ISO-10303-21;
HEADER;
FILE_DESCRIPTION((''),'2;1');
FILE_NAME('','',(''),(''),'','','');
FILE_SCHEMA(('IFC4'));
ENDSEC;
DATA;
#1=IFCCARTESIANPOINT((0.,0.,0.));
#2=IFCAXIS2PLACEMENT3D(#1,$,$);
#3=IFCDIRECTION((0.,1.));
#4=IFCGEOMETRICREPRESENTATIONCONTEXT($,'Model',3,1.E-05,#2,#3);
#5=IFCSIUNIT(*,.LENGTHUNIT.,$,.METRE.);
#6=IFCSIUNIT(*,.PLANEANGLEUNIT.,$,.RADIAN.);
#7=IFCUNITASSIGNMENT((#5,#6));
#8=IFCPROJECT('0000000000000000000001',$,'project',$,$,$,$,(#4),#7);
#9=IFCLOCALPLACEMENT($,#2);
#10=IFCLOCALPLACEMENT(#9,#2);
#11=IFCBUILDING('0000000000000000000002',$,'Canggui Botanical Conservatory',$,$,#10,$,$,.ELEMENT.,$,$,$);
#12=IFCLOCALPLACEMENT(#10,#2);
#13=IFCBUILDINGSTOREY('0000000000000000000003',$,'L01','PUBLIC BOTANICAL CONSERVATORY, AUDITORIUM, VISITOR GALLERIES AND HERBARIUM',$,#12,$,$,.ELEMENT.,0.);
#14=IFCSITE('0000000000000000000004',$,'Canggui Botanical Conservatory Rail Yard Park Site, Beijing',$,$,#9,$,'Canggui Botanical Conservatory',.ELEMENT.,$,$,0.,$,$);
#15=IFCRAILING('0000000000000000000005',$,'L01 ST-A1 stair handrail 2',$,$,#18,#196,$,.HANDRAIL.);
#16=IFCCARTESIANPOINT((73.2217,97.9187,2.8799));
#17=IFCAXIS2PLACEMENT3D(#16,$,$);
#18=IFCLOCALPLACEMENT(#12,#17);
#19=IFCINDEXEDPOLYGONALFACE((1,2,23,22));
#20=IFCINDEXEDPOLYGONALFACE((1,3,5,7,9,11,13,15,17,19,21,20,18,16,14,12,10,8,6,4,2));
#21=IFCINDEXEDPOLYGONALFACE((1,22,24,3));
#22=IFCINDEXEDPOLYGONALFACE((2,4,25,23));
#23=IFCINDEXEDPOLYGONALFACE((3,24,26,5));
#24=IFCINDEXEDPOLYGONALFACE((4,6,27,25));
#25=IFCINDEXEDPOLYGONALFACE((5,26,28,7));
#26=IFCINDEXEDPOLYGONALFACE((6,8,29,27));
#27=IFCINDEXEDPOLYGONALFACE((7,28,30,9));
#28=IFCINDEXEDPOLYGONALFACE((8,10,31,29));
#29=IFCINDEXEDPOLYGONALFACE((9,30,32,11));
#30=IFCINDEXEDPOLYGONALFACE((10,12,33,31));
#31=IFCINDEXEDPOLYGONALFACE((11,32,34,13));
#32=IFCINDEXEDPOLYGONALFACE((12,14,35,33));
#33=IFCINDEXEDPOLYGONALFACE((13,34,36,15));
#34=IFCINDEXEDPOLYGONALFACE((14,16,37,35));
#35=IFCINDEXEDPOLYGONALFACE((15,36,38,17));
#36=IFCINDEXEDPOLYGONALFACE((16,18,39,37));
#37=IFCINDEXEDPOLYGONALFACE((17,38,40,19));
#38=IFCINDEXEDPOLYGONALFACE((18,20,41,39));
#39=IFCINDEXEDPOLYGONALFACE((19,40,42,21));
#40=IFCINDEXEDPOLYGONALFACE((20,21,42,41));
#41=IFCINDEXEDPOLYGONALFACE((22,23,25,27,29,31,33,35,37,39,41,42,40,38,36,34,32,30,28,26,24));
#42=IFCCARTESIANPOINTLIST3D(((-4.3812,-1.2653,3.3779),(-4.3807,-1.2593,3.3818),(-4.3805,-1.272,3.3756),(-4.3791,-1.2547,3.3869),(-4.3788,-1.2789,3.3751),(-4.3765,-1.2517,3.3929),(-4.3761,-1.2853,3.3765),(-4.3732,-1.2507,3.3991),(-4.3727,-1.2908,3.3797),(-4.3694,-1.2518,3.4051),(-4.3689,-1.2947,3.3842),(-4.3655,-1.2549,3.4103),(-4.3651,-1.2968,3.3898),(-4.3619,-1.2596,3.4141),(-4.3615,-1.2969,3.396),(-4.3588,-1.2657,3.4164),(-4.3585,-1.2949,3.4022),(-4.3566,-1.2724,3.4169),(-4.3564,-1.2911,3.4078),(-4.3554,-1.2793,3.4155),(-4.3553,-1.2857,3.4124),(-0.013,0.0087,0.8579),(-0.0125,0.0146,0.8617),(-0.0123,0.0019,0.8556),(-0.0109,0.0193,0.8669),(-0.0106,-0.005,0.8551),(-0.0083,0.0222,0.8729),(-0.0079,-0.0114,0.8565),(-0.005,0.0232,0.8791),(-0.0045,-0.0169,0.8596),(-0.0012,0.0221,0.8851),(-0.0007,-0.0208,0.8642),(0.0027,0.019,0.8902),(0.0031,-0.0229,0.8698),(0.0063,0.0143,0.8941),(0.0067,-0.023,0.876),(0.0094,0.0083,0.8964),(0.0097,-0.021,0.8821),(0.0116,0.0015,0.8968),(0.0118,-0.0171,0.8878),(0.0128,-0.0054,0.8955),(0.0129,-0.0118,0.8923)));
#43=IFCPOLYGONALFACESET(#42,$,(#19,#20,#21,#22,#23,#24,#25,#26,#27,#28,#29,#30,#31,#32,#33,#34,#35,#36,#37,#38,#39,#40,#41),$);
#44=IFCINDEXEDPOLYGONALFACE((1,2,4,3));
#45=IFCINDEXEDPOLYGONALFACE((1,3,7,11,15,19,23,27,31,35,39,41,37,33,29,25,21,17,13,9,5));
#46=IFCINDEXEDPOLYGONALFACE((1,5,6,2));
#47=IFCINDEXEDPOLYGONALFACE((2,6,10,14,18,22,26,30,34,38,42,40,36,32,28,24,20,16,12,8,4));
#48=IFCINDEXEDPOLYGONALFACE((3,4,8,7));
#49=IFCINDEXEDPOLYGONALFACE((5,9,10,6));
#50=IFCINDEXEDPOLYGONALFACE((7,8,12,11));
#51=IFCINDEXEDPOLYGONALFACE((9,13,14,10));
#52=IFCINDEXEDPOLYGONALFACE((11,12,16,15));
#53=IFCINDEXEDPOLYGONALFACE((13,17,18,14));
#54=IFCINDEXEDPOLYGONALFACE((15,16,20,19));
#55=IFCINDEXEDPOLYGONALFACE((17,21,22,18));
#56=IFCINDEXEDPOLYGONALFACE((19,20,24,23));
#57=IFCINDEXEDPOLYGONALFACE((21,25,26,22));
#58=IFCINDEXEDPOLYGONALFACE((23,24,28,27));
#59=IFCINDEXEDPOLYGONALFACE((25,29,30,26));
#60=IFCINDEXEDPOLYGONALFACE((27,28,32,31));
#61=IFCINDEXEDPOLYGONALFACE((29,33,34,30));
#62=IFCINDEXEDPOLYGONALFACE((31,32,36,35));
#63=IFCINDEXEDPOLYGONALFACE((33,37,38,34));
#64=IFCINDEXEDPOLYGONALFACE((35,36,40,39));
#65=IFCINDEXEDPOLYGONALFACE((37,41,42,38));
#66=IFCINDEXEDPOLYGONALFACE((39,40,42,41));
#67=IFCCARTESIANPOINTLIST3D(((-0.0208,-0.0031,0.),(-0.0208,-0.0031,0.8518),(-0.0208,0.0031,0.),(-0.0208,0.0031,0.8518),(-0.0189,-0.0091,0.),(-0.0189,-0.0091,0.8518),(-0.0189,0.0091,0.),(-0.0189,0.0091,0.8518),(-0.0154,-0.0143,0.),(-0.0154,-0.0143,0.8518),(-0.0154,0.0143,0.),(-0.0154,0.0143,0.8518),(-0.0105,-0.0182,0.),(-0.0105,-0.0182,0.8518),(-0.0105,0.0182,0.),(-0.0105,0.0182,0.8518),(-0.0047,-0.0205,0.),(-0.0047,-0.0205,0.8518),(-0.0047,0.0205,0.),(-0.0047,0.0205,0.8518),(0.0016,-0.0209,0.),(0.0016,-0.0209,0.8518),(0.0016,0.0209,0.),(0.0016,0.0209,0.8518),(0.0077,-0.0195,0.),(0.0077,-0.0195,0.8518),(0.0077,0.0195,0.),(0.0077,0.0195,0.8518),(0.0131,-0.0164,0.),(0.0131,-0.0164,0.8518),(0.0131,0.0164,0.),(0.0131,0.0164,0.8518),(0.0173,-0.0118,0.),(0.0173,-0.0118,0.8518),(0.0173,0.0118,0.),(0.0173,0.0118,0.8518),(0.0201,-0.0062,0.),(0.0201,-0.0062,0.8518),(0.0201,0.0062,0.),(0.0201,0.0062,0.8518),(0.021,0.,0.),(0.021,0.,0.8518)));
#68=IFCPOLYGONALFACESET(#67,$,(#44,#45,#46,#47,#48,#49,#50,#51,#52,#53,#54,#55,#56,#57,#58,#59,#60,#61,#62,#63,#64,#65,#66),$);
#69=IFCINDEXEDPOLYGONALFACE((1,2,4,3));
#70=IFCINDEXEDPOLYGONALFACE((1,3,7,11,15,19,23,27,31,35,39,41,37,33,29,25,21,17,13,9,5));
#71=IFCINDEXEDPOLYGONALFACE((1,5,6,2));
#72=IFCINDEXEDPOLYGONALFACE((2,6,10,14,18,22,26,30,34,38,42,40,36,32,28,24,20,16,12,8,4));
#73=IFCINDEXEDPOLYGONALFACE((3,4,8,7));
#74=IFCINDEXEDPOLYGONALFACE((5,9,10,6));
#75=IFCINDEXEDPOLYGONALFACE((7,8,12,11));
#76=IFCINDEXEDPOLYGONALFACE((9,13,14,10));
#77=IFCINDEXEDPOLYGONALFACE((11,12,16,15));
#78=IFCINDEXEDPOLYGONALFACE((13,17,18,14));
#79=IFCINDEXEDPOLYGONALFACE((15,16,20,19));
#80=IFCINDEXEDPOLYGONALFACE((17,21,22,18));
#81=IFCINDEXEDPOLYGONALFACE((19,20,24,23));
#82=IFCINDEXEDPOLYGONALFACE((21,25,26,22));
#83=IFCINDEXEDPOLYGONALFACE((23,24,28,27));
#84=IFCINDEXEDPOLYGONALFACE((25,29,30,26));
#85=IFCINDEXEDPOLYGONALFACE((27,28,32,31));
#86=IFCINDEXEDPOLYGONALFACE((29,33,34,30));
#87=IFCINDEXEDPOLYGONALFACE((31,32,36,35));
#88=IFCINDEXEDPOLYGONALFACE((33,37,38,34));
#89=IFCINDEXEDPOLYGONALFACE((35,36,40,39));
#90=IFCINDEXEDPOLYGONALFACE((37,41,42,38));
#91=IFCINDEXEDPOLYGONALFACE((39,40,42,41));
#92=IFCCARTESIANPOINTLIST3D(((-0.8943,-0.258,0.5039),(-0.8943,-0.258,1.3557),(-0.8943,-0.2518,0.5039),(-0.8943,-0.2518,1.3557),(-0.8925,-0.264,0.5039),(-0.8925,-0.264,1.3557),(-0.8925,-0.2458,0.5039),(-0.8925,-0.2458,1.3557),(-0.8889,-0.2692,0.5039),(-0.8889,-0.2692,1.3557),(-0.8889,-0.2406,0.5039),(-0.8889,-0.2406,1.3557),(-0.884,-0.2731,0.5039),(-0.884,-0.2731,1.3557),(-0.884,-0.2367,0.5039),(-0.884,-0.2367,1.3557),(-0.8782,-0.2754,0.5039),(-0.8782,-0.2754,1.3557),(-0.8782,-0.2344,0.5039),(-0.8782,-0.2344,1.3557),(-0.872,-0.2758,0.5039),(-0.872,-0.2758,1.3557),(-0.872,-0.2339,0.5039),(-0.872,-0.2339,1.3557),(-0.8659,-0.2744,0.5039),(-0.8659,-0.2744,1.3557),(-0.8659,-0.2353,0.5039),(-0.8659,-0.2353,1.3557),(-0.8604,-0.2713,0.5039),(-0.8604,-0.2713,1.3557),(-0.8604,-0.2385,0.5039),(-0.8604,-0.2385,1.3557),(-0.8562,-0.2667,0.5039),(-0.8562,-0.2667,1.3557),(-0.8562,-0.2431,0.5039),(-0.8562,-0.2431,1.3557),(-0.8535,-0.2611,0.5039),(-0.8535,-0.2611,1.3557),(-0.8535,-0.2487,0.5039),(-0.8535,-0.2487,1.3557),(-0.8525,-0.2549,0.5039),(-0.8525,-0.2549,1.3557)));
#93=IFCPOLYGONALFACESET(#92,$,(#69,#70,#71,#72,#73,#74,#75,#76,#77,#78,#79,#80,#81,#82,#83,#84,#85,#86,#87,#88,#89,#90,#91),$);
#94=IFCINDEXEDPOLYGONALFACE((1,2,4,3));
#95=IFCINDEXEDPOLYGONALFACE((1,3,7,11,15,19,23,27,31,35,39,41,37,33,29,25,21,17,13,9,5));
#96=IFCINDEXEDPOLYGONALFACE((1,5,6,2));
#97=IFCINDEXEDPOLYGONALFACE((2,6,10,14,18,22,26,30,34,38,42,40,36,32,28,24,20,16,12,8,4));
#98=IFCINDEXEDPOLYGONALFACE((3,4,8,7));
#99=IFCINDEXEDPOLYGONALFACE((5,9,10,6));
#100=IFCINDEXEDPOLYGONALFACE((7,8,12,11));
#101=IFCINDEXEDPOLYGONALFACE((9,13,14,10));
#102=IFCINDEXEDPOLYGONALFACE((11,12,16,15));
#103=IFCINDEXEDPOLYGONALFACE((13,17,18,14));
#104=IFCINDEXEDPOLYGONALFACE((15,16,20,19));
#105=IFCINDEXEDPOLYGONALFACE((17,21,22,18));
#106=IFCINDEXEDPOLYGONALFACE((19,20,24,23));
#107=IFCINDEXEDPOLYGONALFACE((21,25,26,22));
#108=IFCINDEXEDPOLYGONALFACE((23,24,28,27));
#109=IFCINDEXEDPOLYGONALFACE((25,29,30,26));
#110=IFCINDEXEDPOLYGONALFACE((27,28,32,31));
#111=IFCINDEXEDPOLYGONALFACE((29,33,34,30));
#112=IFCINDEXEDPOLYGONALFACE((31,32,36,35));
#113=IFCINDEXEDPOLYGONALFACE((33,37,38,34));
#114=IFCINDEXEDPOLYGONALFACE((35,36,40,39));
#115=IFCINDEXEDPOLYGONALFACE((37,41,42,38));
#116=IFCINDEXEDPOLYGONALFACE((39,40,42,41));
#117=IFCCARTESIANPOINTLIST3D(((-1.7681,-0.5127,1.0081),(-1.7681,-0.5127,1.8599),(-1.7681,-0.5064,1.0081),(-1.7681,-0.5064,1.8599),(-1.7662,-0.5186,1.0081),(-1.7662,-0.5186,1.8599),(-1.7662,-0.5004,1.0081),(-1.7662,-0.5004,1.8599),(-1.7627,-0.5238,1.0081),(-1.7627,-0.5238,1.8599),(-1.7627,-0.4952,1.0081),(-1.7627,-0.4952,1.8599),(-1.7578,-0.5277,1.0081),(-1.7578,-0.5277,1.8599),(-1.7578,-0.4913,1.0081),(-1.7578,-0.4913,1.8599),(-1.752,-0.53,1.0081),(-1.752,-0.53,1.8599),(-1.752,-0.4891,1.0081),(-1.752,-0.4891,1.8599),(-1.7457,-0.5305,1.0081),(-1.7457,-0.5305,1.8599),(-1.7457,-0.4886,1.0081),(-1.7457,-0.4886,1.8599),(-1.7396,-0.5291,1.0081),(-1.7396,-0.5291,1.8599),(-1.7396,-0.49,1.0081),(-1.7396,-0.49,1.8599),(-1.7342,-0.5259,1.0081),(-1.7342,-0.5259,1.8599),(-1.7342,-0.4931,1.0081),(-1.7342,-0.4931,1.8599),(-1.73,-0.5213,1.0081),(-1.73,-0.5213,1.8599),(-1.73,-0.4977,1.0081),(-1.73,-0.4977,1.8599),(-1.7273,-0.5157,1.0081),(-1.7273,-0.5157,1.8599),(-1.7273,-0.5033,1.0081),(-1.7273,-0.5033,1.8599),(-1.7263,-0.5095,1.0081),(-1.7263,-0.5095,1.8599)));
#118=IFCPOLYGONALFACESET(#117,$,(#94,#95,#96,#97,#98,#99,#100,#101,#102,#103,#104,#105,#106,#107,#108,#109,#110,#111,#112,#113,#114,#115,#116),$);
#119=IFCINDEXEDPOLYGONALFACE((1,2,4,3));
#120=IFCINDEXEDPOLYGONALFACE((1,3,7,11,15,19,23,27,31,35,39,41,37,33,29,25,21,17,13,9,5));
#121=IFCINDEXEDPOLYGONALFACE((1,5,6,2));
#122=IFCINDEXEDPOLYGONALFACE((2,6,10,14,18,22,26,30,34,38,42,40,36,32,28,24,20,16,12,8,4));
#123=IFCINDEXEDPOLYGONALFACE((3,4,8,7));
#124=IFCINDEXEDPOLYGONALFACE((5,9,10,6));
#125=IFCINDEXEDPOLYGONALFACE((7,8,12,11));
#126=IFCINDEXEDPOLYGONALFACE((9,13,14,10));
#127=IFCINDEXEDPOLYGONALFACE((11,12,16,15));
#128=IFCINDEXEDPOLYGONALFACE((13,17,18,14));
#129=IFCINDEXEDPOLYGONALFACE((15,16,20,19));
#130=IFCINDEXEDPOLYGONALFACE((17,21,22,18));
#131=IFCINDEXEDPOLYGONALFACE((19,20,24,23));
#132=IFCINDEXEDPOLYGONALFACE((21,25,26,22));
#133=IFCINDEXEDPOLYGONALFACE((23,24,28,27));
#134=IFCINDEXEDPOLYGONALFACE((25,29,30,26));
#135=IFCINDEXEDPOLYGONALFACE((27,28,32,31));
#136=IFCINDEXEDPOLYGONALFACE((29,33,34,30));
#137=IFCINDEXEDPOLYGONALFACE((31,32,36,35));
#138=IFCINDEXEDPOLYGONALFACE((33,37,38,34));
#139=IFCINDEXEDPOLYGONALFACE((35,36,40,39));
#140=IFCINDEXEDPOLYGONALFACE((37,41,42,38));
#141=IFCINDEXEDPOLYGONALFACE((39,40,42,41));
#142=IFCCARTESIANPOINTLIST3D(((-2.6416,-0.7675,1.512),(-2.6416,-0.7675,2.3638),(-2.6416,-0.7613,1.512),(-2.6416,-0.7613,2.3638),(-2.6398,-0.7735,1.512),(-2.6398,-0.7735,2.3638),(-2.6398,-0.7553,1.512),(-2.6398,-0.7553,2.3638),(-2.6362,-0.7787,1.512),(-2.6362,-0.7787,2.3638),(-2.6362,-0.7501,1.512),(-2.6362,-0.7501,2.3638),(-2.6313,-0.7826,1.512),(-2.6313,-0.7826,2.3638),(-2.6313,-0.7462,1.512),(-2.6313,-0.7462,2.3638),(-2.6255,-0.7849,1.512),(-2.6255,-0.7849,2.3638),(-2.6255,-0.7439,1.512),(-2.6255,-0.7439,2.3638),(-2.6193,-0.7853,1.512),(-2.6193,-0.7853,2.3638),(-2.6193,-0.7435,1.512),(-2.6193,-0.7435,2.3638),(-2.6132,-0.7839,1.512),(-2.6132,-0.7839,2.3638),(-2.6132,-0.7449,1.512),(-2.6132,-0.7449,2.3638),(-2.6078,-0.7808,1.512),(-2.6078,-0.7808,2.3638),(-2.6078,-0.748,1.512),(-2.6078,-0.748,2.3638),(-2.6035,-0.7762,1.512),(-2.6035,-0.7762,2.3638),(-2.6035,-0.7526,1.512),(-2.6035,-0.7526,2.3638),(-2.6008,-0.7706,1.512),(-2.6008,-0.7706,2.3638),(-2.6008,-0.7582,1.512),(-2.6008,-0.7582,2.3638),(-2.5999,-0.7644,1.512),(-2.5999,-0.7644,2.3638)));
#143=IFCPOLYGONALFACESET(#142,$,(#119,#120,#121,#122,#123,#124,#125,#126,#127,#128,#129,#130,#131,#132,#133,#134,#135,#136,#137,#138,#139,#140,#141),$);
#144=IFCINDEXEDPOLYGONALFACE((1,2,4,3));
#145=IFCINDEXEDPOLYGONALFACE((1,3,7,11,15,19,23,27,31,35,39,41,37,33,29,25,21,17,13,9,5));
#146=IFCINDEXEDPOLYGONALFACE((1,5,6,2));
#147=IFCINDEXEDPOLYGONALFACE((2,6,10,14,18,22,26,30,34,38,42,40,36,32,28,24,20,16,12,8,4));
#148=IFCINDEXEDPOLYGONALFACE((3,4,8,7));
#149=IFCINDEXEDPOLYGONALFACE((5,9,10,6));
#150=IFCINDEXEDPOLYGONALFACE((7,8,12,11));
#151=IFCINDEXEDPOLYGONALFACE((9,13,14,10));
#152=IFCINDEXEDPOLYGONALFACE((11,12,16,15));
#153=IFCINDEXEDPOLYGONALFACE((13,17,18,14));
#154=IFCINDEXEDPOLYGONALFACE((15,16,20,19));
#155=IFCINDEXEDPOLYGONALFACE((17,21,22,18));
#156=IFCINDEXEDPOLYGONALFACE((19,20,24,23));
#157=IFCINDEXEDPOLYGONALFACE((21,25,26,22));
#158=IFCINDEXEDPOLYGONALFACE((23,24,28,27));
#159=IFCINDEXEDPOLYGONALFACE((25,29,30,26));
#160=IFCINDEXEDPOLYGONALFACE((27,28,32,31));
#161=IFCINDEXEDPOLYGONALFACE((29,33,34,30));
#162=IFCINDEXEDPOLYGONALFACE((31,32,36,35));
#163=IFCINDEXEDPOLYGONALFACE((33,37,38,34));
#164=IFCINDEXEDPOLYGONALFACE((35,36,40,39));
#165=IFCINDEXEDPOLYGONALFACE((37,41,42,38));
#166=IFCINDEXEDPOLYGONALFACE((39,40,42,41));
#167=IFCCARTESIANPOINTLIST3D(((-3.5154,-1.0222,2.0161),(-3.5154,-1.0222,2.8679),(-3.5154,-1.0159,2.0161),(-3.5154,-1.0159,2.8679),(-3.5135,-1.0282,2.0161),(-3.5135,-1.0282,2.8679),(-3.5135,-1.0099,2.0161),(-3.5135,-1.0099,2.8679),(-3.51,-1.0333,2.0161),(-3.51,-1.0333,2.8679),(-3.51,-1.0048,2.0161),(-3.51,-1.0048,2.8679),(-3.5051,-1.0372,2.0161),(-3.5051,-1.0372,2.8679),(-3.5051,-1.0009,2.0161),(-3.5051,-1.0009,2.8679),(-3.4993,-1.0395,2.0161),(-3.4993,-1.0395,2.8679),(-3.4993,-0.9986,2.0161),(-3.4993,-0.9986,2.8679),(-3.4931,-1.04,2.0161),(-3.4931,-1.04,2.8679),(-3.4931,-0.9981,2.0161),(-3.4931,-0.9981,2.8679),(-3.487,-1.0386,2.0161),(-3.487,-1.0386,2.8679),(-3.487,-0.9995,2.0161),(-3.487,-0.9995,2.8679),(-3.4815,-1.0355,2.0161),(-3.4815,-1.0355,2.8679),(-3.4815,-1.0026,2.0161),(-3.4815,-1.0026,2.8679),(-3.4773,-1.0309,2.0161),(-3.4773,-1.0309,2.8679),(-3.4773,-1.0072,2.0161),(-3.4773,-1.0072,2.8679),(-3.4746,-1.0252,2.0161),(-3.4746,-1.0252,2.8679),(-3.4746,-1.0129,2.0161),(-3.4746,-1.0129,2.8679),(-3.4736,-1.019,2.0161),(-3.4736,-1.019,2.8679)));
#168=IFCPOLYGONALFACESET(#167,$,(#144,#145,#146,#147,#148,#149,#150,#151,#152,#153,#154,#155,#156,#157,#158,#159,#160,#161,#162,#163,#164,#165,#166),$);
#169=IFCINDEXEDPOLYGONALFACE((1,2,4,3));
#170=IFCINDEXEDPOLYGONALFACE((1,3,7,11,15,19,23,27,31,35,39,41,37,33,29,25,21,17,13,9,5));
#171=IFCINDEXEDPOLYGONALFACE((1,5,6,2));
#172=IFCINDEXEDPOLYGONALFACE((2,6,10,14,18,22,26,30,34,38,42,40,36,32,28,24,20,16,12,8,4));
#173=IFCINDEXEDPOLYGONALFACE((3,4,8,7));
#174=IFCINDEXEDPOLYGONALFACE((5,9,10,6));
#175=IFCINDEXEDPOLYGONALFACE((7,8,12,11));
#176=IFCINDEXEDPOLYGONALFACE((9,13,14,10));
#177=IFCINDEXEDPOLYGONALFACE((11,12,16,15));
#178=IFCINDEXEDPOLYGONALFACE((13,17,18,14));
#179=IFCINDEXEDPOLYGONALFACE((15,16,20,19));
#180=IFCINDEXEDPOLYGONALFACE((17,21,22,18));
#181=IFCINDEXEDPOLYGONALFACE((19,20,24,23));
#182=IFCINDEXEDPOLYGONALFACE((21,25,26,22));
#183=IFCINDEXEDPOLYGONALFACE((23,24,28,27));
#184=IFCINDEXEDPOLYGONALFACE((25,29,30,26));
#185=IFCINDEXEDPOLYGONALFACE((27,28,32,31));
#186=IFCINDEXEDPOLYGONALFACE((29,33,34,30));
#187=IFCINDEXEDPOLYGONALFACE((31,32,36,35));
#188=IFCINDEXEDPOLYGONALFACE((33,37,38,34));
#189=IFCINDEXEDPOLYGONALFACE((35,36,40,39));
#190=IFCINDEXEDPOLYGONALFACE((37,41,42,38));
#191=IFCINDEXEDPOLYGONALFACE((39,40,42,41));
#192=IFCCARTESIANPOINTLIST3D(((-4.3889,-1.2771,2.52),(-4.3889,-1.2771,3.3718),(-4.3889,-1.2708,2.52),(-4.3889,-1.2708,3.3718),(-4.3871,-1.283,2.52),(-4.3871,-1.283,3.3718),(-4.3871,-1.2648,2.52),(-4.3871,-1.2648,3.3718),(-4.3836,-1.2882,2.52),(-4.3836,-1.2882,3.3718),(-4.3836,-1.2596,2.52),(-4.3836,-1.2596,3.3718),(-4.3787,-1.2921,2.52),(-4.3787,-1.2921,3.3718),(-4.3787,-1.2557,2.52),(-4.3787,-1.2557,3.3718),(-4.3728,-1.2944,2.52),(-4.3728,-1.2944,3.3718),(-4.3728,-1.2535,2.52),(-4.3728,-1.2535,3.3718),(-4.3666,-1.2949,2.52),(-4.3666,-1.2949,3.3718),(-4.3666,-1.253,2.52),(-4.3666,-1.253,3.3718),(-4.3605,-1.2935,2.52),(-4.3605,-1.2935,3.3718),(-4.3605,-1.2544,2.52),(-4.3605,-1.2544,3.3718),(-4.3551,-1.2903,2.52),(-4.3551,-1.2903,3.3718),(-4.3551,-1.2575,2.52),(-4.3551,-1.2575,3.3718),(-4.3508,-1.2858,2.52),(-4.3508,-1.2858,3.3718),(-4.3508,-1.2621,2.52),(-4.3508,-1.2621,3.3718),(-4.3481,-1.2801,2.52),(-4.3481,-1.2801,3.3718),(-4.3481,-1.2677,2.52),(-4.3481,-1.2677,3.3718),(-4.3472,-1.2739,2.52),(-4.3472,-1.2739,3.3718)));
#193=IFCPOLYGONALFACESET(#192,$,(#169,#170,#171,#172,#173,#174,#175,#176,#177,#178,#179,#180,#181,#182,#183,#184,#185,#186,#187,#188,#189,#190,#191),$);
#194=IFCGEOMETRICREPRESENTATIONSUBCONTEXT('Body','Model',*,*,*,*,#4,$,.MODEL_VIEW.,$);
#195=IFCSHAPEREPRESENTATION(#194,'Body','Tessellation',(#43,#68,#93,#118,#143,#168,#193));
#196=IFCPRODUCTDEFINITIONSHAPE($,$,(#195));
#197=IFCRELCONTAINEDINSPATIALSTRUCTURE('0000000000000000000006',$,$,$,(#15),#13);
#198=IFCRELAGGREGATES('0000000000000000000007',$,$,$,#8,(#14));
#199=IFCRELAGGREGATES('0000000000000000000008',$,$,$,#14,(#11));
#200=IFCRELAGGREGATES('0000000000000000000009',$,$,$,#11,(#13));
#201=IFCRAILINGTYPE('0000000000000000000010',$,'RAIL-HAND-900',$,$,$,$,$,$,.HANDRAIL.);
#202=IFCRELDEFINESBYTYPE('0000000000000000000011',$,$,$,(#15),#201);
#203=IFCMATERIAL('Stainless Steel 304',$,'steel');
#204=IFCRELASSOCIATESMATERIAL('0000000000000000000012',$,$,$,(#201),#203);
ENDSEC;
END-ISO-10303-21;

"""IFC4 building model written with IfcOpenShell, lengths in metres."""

from ifc_helpers import new_model, si_unit, direction, frame, origin, origin_2d, place, context, subcontext, project, spatial, circle, extrude, material, type_object, element, save


model = new_model("IFC4")

# Units and contexts
model_context = context("Model", 3, precision=1e-05, world=origin(), true_north=direction((0.0, 1.0)))
body_context = subcontext(model_context, "Body", "Model", "MODEL_VIEW")
ifc_project = project(units=[si_unit("LENGTHUNIT", "METRE"), si_unit("PLANEANGLEUNIT", "RADIAN")], contexts=[model_context])

# Site, building, storey
site_placement = place(None, origin())
site = spatial("IfcSite", under=ifc_project, at=site_placement, Name="Canggui Botanical Conservatory Rail Yard Park Site, Beijing", LongName="Canggui Botanical Conservatory", CompositionType="ELEMENT", RefElevation=0.0)
building_placement = place(site_placement, origin())
building = spatial("IfcBuilding", under=site, at=building_placement, Name="Canggui Botanical Conservatory", CompositionType="ELEMENT")
storey_placement = place(building_placement, origin())
storey = spatial("IfcBuildingStorey", under=building, at=storey_placement, Name="L01", Description="PUBLIC BOTANICAL CONSERVATORY, AUDITORIUM, VISITOR GALLERIES AND HERBARIUM", CompositionType="ELEMENT", Elevation=0.0)

# Railing
ifc_material_1 = material(Name="Stainless Steel 304", Category="steel")
railing_type_1 = type_object("IfcRailingType", Name="RAIL-HAND-900", PredefinedType="HANDRAIL", material=ifc_material_1)
railing_1_placement = place(storey_placement, frame((73.2217, 97.9187, 2.8799)))
element("IfcRailing", 1, at=railing_1_placement, inside=storey, type_object=railing_type_1, Name="L01 ST-A1 stair handrail 2", PredefinedType="HANDRAIL", context=body_context, shape_type="SweptSolid", body=[
    extrude(circle(Radius=0.0239, at=origin_2d()), frame((0.0, 0.0, 0.876), z_axis=(-0.83981, -0.244921, 0.484492), x_axis=(0.279975, -0.960007, 0.0)), (0.0, 0.0, 1.0), 5.2014),
    extrude(circle(Radius=0.021, at=origin_2d()), origin(), (0.0, 0.0, 1.0), 0.8518),
    extrude(circle(Radius=0.021, at=origin_2d()), frame((-0.8735, -0.2549, 0.5039)), (0.0, 0.0, 1.0), 0.8518),
    extrude(circle(Radius=0.021, at=origin_2d()), frame((-1.7473, -0.5095, 1.0081)), (0.0, 0.0, 1.0), 0.8518),
    extrude(circle(Radius=0.021, at=origin_2d()), frame((-2.6208, -0.7644, 1.512)), (0.0, 0.0, 1.0), 0.8518),
    extrude(circle(Radius=0.021, at=origin_2d()), frame((-3.4946, -1.019, 2.0161)), (0.0, 0.0, 1.0), 0.8518),
    extrude(circle(Radius=0.021, at=origin_2d()), frame((-4.3682, -1.2739, 2.52)), (0.0, 0.0, 1.0), 0.8518),
])

save(model, "model.ifc")
